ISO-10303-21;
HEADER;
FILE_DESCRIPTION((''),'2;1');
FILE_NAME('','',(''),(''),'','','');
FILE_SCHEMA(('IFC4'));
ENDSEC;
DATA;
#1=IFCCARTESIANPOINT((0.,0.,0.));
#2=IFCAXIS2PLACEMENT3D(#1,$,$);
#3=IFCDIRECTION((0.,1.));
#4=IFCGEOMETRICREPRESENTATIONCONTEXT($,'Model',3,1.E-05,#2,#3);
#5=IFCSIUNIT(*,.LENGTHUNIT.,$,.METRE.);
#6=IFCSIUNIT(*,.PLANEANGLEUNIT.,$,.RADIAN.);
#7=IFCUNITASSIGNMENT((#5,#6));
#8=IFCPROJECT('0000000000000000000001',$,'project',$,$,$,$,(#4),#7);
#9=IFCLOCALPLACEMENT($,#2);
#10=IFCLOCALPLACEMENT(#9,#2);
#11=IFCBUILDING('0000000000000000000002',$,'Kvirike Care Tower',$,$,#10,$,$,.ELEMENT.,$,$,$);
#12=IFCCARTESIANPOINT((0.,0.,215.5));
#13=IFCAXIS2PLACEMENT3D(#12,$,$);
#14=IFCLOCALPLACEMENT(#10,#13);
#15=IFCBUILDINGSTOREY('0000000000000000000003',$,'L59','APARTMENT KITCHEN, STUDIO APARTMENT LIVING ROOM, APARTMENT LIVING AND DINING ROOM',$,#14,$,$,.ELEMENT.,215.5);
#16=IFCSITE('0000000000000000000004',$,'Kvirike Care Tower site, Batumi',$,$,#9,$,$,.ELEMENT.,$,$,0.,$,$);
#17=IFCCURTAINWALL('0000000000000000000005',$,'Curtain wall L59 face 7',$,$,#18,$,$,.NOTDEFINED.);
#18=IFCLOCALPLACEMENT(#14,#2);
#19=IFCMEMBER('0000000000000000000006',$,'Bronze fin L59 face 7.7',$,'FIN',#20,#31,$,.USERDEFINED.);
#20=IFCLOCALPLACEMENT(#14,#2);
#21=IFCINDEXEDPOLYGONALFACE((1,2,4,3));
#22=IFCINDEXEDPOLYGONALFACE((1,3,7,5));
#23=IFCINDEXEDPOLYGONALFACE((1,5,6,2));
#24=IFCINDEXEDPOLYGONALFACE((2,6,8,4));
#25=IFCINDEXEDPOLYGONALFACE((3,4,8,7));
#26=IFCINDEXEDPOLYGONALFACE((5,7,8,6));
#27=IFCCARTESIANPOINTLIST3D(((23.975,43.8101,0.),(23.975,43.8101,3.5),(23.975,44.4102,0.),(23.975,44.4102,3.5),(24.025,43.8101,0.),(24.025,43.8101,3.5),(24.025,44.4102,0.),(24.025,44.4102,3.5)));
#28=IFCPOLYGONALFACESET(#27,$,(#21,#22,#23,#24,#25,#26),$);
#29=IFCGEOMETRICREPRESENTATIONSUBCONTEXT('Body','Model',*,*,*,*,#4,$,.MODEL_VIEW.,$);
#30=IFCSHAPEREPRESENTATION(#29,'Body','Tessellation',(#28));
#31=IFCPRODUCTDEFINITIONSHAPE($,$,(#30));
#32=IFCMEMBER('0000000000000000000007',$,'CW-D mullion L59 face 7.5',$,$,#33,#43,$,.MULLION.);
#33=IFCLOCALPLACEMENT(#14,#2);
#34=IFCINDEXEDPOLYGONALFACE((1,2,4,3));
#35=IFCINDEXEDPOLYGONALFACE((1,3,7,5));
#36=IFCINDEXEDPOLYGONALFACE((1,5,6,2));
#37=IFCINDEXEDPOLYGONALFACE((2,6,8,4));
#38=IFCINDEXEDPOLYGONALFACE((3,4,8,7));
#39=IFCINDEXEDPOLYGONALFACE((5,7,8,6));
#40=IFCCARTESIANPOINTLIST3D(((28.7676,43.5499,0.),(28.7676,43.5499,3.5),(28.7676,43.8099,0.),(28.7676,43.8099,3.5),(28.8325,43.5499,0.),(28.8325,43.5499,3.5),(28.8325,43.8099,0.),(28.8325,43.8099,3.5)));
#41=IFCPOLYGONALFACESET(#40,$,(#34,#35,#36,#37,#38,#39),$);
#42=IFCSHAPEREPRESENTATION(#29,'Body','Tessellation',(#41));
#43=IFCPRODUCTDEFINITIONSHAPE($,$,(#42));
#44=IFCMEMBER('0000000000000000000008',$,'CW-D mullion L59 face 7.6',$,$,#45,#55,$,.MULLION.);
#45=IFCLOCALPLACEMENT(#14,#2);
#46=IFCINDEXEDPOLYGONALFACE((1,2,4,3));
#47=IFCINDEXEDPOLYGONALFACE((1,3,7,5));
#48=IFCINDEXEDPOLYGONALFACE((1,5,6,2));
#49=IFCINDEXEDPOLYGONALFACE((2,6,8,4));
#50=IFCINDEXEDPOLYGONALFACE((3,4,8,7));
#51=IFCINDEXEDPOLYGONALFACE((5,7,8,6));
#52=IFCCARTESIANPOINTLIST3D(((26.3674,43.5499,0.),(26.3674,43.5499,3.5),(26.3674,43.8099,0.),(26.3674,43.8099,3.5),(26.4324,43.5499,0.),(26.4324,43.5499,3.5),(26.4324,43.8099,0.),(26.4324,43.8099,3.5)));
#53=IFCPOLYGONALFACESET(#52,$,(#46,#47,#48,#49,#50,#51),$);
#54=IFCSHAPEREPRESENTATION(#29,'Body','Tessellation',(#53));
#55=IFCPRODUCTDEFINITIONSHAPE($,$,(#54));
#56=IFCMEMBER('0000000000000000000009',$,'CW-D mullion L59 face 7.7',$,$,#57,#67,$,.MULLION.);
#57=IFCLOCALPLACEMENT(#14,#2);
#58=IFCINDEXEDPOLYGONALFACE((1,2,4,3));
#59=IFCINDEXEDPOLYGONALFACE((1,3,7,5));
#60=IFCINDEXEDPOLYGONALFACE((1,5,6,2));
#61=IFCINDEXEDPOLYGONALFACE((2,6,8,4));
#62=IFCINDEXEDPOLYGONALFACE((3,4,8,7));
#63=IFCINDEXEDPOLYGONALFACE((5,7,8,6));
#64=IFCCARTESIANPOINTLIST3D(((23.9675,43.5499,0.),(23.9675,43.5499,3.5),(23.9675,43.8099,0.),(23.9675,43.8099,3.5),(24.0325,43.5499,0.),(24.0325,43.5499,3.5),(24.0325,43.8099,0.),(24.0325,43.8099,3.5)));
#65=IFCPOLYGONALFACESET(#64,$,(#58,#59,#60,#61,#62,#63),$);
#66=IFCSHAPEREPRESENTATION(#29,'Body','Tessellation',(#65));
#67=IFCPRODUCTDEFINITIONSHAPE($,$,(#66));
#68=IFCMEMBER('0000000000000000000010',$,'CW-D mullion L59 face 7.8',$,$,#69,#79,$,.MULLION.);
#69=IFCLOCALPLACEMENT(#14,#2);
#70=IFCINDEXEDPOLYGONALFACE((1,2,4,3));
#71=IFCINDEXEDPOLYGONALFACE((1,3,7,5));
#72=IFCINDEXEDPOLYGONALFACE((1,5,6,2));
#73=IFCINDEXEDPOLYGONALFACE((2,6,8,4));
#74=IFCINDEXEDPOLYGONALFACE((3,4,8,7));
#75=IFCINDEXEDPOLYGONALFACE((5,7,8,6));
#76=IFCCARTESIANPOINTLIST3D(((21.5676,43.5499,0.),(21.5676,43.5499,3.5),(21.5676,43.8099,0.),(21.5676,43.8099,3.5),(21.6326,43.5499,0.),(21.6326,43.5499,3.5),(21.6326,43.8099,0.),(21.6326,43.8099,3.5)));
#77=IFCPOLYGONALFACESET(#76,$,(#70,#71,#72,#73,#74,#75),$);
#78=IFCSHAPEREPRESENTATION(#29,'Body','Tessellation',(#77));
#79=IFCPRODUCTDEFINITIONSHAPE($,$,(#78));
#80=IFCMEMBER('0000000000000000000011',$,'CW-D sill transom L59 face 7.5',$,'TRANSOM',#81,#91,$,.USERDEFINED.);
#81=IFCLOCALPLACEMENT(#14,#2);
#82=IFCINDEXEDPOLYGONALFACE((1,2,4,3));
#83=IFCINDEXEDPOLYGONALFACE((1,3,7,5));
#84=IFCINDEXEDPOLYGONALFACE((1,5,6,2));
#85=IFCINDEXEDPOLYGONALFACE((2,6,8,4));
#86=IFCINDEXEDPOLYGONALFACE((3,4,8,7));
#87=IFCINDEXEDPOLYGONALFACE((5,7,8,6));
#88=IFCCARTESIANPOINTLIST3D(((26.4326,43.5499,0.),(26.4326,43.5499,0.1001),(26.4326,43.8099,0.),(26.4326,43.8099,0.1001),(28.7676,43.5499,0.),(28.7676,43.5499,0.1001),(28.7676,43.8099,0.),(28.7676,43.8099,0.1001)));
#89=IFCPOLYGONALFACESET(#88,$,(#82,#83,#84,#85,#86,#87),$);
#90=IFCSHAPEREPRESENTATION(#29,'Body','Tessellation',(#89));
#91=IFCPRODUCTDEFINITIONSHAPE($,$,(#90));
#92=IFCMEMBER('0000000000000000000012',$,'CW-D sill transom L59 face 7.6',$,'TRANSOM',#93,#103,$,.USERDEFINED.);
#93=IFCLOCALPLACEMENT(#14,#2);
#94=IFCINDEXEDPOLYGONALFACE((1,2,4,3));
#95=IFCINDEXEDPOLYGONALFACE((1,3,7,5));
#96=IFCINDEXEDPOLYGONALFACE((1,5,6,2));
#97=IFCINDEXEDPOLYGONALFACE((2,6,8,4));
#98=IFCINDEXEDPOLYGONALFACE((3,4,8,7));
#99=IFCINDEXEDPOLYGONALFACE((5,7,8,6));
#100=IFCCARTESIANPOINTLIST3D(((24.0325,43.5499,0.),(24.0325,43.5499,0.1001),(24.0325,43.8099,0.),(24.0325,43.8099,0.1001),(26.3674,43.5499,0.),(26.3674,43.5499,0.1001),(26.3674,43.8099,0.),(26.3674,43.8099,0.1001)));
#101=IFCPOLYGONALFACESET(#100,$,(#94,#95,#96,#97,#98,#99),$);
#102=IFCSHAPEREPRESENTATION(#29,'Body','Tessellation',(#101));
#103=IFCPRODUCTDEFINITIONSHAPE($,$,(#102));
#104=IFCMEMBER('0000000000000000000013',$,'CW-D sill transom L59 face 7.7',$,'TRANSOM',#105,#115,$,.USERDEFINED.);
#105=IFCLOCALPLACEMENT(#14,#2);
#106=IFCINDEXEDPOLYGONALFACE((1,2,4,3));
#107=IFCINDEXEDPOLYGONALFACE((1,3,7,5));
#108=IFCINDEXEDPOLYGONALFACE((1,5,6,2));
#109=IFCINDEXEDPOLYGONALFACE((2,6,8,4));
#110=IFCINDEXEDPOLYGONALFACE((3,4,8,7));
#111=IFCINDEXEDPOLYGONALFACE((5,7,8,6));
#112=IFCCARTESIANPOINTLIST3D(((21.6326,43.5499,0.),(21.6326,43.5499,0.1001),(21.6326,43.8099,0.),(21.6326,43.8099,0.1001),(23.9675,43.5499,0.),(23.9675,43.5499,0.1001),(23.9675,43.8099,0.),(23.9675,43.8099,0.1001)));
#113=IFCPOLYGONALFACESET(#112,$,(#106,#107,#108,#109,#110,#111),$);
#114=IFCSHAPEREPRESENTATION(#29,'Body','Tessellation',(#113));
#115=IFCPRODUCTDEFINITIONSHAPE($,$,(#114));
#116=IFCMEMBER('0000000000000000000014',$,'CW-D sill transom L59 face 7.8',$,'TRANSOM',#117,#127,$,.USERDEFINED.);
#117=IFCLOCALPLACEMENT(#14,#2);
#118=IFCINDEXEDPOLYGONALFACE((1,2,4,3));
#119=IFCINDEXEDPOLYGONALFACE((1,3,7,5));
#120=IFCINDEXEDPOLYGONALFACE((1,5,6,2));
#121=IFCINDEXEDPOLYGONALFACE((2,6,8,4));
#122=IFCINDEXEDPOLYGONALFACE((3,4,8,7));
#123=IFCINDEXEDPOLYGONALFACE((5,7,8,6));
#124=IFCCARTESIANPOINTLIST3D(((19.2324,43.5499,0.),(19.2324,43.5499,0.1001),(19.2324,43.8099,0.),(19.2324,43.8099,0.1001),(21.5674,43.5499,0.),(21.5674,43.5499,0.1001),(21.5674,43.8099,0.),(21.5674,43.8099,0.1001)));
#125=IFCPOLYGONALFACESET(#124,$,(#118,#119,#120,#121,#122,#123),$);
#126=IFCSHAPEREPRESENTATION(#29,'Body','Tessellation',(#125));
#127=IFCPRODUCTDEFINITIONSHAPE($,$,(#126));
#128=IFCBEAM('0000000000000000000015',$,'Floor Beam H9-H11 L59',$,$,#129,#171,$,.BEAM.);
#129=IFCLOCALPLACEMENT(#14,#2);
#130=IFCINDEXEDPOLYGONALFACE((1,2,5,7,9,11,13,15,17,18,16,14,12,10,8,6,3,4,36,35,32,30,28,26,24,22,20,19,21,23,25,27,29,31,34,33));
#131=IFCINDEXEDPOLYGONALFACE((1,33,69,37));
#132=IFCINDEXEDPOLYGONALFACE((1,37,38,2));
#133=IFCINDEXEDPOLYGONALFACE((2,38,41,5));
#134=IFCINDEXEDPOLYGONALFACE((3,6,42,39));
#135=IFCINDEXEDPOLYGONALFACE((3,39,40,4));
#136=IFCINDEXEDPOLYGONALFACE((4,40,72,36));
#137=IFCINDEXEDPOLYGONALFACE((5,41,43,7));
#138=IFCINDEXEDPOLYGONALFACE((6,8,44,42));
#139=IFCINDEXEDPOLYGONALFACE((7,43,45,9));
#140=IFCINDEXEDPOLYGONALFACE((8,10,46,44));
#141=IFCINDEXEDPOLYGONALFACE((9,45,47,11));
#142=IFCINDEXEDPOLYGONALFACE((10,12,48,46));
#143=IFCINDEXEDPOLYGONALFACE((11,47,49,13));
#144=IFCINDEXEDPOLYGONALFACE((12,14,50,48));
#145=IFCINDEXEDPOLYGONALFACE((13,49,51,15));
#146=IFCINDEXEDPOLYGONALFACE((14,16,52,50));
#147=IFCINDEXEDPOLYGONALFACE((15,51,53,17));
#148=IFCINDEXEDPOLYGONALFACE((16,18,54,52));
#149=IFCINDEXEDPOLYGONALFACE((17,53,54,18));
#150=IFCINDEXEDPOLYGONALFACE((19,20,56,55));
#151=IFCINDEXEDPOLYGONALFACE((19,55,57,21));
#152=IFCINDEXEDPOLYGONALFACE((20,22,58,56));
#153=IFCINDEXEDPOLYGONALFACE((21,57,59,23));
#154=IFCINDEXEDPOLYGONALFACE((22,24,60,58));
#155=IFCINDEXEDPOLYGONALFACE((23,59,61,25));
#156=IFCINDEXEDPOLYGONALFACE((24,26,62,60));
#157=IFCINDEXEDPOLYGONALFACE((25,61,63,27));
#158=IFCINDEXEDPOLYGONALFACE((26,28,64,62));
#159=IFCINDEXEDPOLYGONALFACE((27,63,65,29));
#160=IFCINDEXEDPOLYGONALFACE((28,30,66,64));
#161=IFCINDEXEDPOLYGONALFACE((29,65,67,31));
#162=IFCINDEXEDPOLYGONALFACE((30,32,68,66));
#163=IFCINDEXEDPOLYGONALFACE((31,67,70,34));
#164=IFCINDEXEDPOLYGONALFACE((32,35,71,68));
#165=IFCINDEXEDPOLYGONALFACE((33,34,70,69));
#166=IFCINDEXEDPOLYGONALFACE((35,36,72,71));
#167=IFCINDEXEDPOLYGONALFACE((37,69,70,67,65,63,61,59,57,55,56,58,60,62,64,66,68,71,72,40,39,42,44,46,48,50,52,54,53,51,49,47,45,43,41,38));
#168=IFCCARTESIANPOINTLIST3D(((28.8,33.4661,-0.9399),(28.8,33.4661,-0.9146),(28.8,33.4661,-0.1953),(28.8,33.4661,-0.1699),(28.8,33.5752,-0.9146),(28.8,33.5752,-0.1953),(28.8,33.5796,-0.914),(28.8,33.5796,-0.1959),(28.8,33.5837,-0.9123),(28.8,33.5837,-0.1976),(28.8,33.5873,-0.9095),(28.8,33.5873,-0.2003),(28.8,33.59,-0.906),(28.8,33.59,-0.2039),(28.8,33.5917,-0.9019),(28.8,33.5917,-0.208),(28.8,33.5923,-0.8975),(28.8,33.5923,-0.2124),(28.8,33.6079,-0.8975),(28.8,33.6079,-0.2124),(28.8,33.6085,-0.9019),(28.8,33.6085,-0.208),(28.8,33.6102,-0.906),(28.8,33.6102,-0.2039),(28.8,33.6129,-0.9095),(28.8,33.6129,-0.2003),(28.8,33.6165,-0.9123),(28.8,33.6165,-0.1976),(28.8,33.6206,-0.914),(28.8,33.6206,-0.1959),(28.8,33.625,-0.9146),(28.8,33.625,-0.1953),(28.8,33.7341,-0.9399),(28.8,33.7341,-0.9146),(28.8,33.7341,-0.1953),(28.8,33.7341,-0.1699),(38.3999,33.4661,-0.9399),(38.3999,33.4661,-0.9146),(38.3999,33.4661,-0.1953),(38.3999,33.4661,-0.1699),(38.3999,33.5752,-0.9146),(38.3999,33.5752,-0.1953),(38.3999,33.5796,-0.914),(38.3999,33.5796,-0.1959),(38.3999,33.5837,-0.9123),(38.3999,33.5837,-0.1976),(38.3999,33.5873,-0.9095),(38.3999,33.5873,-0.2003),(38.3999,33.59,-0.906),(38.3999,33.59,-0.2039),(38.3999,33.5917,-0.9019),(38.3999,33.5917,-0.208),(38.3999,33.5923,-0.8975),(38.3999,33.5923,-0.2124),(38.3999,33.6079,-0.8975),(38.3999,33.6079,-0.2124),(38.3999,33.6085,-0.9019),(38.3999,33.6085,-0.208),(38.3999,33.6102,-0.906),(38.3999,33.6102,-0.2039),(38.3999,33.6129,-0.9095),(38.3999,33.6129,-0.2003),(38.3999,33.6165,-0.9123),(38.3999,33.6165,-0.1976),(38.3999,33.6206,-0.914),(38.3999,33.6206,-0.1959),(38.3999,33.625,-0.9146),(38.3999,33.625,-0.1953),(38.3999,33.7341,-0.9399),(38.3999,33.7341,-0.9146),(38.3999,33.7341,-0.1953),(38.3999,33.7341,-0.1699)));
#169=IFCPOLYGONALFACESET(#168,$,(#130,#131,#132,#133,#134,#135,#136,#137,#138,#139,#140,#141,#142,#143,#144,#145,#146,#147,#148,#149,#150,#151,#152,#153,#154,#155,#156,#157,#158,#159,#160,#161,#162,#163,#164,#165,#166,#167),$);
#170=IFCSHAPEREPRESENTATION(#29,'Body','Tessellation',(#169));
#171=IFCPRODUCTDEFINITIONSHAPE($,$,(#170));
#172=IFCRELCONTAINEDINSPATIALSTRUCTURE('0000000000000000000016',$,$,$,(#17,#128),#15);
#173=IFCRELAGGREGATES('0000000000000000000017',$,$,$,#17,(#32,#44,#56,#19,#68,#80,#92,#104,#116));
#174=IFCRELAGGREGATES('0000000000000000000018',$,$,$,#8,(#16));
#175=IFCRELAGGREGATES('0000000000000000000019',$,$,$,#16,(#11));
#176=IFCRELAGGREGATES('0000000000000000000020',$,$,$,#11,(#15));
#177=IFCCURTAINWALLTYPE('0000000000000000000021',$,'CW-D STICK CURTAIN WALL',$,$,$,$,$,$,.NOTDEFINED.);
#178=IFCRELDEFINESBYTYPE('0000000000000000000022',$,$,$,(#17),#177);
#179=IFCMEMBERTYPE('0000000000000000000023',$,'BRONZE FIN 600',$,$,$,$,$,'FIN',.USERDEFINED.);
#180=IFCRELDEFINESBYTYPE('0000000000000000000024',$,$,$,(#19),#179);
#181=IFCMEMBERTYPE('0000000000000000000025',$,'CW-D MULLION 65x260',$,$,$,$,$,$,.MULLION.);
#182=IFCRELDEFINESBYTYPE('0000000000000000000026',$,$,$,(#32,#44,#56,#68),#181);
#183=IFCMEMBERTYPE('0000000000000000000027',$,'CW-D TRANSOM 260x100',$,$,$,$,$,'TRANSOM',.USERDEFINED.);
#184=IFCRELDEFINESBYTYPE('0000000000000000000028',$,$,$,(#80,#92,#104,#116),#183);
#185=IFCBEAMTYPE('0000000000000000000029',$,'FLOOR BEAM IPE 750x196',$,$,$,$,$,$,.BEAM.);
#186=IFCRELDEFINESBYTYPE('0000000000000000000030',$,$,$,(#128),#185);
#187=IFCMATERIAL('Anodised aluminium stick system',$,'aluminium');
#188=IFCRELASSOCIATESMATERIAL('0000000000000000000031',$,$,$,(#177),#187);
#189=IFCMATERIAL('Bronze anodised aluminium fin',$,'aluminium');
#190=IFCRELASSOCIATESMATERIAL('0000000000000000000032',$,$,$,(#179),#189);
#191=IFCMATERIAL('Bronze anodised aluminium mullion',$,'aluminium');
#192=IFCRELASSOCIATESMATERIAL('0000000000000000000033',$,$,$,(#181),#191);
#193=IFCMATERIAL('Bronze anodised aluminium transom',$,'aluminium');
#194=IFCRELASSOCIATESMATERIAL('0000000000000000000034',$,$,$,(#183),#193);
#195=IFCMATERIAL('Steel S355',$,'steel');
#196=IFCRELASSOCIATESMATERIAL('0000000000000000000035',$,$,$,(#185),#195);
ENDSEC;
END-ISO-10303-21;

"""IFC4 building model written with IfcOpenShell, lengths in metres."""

from ifc_helpers import new_model, si_unit, direction, frame, origin, origin_2d, place, context, subcontext, project, spatial, rectangle, i_section, extrude, material, material_profile, profile_set, type_object, element, aggregate, save


model = new_model("IFC4")

# Units and contexts
model_context = context("Model", 3, precision=1e-05, world=origin(), true_north=direction((0.0, 1.0)))
body_context = subcontext(model_context, "Body", "Model", "MODEL_VIEW")
ifc_project = project(units=[si_unit("LENGTHUNIT", "METRE"), si_unit("PLANEANGLEUNIT", "RADIAN")], contexts=[model_context])

# Site, building, storey
site_placement = place(None, origin())
site = spatial("IfcSite", under=ifc_project, at=site_placement, Name="Kvirike Care Tower site, Batumi", CompositionType="ELEMENT", RefElevation=0.0)
building_placement = place(site_placement, origin())
building = spatial("IfcBuilding", under=site, at=building_placement, Name="Kvirike Care Tower", CompositionType="ELEMENT")
storey_placement = place(building_placement, frame((0.0, 0.0, 215.5)))
storey = spatial("IfcBuildingStorey", under=building, at=storey_placement, Name="L59", Description="APARTMENT KITCHEN, STUDIO APARTMENT LIVING ROOM, APARTMENT LIVING AND DINING ROOM", CompositionType="ELEMENT", Elevation=215.5)

# Curtain wall, members
ifc_material_1 = material(Name="Anodised aluminium stick system", Category="aluminium")
curtain_wall_type = type_object("IfcCurtainWallType", Name="CW-D STICK CURTAIN WALL", PredefinedType="NOTDEFINED", material=ifc_material_1)
curtain_wall_placement = place(storey_placement, origin())
curtain_wall = element("IfcCurtainWall", 1, at=curtain_wall_placement, inside=storey, type_object=curtain_wall_type, Name="Curtain wall L59 face 7", PredefinedType="NOTDEFINED")
ifc_material_2 = material(Name="Bronze anodised aluminium fin", Category="aluminium")
ifc_material_profile_1 = material_profile(ifc_material_2, rectangle(XDim=0.05, YDim=0.6001, at=origin_2d()), Name="BRONZE FIN 600")
ifc_profile_set_1 = profile_set([ifc_material_profile_1], Name="Bronze anodised aluminium fin")
member_type_1 = type_object("IfcMemberType", Name="BRONZE FIN 600", ElementType="FIN", PredefinedType="USERDEFINED", material=ifc_profile_set_1)
member_1_placement = place(storey_placement, frame((24.0, 44.1101, 0.0), z_axis=(0.0, 0.0, 1.0), x_axis=(-1.0, 0.0, 0.0)))
member_1 = element("IfcMember", 2, at=member_1_placement, type_object=member_type_1, Name="Bronze fin L59 face 7.7", ObjectType="FIN", PredefinedType="USERDEFINED", context=body_context, shape_type="SweptSolid", body=[
    extrude(rectangle(XDim=0.05, YDim=0.6001, at=origin_2d()), origin(), (0.0, 0.0, 1.0), 3.5),
])
ifc_material_3 = material(Name="Bronze anodised aluminium mullion", Category="aluminium")
ifc_material_profile_2 = material_profile(ifc_material_3, rectangle(XDim=0.0649, YDim=0.26, at=origin_2d()), Name="CW-D MULLION 65x260")
ifc_profile_set_2 = profile_set([ifc_material_profile_2], Name="Bronze anodised aluminium mullion")
member_type_2 = type_object("IfcMemberType", Name="CW-D MULLION 65x260", PredefinedType="MULLION", material=ifc_profile_set_2)
member_2_placement = place(storey_placement, frame((28.8, 43.6799, 0.0), z_axis=(0.0, 0.0, 1.0), x_axis=(-1.0, 0.0, 0.0)))
member_2 = element("IfcMember", 3, at=member_2_placement, type_object=member_type_2, Name="CW-D mullion L59 face 7.5", PredefinedType="MULLION", context=body_context, shape_type="SweptSolid", body=[
    extrude(rectangle(XDim=0.0649, YDim=0.26, at=origin_2d()), origin(), (0.0, 0.0, 1.0), 3.5),
])
member_3_placement = place(storey_placement, frame((26.3999, 43.6799, 0.0), z_axis=(0.0, 0.0, 1.0), x_axis=(-1.0, 0.0, 0.0)))
member_3 = element("IfcMember", 4, at=member_3_placement, type_object=member_type_2, Name="CW-D mullion L59 face 7.6", PredefinedType="MULLION", context=body_context, shape_type="SweptSolid", body=[
    extrude(rectangle(XDim=0.0649, YDim=0.26, at=origin_2d()), origin(), (0.0, 0.0, 1.0), 3.5),
])
member_4_placement = place(storey_placement, frame((24.0, 43.6799, 0.0), z_axis=(0.0, 0.0, 1.0), x_axis=(-1.0, 0.0, 0.0)))
member_4 = element("IfcMember", 5, at=member_4_placement, type_object=member_type_2, Name="CW-D mullion L59 face 7.7", PredefinedType="MULLION", context=body_context, shape_type="SweptSolid", body=[
    extrude(rectangle(XDim=0.0649, YDim=0.26, at=origin_2d()), origin(), (0.0, 0.0, 1.0), 3.5),
])
member_5_placement = place(storey_placement, frame((21.6001, 43.6799, 0.0), z_axis=(0.0, 0.0, 1.0), x_axis=(-1.0, 0.0, 0.0)))
member_5 = element("IfcMember", 6, at=member_5_placement, type_object=member_type_2, Name="CW-D mullion L59 face 7.8", PredefinedType="MULLION", context=body_context, shape_type="SweptSolid", body=[
    extrude(rectangle(XDim=0.0649, YDim=0.26, at=origin_2d()), origin(), (0.0, 0.0, 1.0), 3.5),
])
ifc_material_4 = material(Name="Bronze anodised aluminium transom", Category="aluminium")
ifc_material_profile_3 = material_profile(ifc_material_4, rectangle(XDim=0.26, YDim=0.1001, at=origin_2d()), Name="CW-D TRANSOM 260x100")
ifc_profile_set_3 = profile_set([ifc_material_profile_3], Name="Bronze anodised aluminium transom")
member_type_3 = type_object("IfcMemberType", Name="CW-D TRANSOM 260x100", ElementType="TRANSOM", PredefinedType="USERDEFINED", material=ifc_profile_set_3)
member_6_placement = place(storey_placement, frame((28.7676, 43.6799, 0.05), z_axis=(-1.0, 0.0, 0.0), x_axis=(0.0, -1.0, 0.0)))
member_6 = element("IfcMember", 7, at=member_6_placement, type_object=member_type_3, Name="CW-D sill transom L59 face 7.5", ObjectType="TRANSOM", PredefinedType="USERDEFINED", context=body_context, shape_type="SweptSolid", body=[
    extrude(rectangle(XDim=0.26, YDim=0.1001, at=origin_2d()), origin(), (0.0, 0.0, 1.0), 2.335),
])
member_7_placement = place(storey_placement, frame((26.3674, 43.6799, 0.05), z_axis=(-1.0, 0.0, 0.0), x_axis=(0.0, -1.0, 0.0)))
member_7 = element("IfcMember", 8, at=member_7_placement, type_object=member_type_3, Name="CW-D sill transom L59 face 7.6", ObjectType="TRANSOM", PredefinedType="USERDEFINED", context=body_context, shape_type="SweptSolid", body=[
    extrude(rectangle(XDim=0.26, YDim=0.1001, at=origin_2d()), origin(), (0.0, 0.0, 1.0), 2.335),
])
member_8_placement = place(storey_placement, frame((23.9675, 43.6799, 0.05), z_axis=(-1.0, 0.0, 0.0), x_axis=(0.0, -1.0, 0.0)))
member_8 = element("IfcMember", 9, at=member_8_placement, type_object=member_type_3, Name="CW-D sill transom L59 face 7.7", ObjectType="TRANSOM", PredefinedType="USERDEFINED", context=body_context, shape_type="SweptSolid", body=[
    extrude(rectangle(XDim=0.26, YDim=0.1001, at=origin_2d()), origin(), (0.0, 0.0, 1.0), 2.335),
])
member_9_placement = place(storey_placement, frame((21.5674, 43.6799, 0.05), z_axis=(-1.0, 0.0, 0.0), x_axis=(0.0, -1.0, 0.0)))
member_9 = element("IfcMember", 10, at=member_9_placement, type_object=member_type_3, Name="CW-D sill transom L59 face 7.8", ObjectType="TRANSOM", PredefinedType="USERDEFINED", context=body_context, shape_type="SweptSolid", body=[
    extrude(rectangle(XDim=0.26, YDim=0.1001, at=origin_2d()), origin(), (0.0, 0.0, 1.0), 2.335),
])

# Beam
ifc_material_5 = material(Name="Steel S355", Category="steel")
ifc_material_profile_4 = material_profile(ifc_material_5, i_section(OverallWidth=0.2681, OverallDepth=0.77, WebThickness=0.0156, FlangeThickness=0.0254, FilletRadius=0.0171, at=origin_2d()), Name="IPE 750x196")
ifc_profile_set_4 = profile_set([ifc_material_profile_4], Name="Steel S355")
beam_type_1 = type_object("IfcBeamType", Name="FLOOR BEAM IPE 750x196", PredefinedType="BEAM", material=ifc_profile_set_4)
for number, where, z_axis, x_axis, name in (
    (11, (28.8, 33.6001, -0.5549), (1.0, 0.0, 0.0), (0.0, 1.0, 0.0), "Floor Beam H9-H11 L59"),
):
    element("IfcBeam", number, at=place(storey_placement, frame(where, z_axis=z_axis, x_axis=x_axis)), inside=storey, type_object=beam_type_1, Name=name, PredefinedType="BEAM", context=body_context, shape_type="SweptSolid", body=[
        extrude(i_section(OverallWidth=0.2681, OverallDepth=0.77, WebThickness=0.0156, FlangeThickness=0.0254, FilletRadius=0.0171, at=origin_2d()), origin(), (0.0, 0.0, 1.0), 9.5999),
    ])

aggregate(curtain_wall, [member_2, member_3, member_4, member_1, member_5, member_6, member_7, member_8, member_9])

save(model, "model.ifc")
